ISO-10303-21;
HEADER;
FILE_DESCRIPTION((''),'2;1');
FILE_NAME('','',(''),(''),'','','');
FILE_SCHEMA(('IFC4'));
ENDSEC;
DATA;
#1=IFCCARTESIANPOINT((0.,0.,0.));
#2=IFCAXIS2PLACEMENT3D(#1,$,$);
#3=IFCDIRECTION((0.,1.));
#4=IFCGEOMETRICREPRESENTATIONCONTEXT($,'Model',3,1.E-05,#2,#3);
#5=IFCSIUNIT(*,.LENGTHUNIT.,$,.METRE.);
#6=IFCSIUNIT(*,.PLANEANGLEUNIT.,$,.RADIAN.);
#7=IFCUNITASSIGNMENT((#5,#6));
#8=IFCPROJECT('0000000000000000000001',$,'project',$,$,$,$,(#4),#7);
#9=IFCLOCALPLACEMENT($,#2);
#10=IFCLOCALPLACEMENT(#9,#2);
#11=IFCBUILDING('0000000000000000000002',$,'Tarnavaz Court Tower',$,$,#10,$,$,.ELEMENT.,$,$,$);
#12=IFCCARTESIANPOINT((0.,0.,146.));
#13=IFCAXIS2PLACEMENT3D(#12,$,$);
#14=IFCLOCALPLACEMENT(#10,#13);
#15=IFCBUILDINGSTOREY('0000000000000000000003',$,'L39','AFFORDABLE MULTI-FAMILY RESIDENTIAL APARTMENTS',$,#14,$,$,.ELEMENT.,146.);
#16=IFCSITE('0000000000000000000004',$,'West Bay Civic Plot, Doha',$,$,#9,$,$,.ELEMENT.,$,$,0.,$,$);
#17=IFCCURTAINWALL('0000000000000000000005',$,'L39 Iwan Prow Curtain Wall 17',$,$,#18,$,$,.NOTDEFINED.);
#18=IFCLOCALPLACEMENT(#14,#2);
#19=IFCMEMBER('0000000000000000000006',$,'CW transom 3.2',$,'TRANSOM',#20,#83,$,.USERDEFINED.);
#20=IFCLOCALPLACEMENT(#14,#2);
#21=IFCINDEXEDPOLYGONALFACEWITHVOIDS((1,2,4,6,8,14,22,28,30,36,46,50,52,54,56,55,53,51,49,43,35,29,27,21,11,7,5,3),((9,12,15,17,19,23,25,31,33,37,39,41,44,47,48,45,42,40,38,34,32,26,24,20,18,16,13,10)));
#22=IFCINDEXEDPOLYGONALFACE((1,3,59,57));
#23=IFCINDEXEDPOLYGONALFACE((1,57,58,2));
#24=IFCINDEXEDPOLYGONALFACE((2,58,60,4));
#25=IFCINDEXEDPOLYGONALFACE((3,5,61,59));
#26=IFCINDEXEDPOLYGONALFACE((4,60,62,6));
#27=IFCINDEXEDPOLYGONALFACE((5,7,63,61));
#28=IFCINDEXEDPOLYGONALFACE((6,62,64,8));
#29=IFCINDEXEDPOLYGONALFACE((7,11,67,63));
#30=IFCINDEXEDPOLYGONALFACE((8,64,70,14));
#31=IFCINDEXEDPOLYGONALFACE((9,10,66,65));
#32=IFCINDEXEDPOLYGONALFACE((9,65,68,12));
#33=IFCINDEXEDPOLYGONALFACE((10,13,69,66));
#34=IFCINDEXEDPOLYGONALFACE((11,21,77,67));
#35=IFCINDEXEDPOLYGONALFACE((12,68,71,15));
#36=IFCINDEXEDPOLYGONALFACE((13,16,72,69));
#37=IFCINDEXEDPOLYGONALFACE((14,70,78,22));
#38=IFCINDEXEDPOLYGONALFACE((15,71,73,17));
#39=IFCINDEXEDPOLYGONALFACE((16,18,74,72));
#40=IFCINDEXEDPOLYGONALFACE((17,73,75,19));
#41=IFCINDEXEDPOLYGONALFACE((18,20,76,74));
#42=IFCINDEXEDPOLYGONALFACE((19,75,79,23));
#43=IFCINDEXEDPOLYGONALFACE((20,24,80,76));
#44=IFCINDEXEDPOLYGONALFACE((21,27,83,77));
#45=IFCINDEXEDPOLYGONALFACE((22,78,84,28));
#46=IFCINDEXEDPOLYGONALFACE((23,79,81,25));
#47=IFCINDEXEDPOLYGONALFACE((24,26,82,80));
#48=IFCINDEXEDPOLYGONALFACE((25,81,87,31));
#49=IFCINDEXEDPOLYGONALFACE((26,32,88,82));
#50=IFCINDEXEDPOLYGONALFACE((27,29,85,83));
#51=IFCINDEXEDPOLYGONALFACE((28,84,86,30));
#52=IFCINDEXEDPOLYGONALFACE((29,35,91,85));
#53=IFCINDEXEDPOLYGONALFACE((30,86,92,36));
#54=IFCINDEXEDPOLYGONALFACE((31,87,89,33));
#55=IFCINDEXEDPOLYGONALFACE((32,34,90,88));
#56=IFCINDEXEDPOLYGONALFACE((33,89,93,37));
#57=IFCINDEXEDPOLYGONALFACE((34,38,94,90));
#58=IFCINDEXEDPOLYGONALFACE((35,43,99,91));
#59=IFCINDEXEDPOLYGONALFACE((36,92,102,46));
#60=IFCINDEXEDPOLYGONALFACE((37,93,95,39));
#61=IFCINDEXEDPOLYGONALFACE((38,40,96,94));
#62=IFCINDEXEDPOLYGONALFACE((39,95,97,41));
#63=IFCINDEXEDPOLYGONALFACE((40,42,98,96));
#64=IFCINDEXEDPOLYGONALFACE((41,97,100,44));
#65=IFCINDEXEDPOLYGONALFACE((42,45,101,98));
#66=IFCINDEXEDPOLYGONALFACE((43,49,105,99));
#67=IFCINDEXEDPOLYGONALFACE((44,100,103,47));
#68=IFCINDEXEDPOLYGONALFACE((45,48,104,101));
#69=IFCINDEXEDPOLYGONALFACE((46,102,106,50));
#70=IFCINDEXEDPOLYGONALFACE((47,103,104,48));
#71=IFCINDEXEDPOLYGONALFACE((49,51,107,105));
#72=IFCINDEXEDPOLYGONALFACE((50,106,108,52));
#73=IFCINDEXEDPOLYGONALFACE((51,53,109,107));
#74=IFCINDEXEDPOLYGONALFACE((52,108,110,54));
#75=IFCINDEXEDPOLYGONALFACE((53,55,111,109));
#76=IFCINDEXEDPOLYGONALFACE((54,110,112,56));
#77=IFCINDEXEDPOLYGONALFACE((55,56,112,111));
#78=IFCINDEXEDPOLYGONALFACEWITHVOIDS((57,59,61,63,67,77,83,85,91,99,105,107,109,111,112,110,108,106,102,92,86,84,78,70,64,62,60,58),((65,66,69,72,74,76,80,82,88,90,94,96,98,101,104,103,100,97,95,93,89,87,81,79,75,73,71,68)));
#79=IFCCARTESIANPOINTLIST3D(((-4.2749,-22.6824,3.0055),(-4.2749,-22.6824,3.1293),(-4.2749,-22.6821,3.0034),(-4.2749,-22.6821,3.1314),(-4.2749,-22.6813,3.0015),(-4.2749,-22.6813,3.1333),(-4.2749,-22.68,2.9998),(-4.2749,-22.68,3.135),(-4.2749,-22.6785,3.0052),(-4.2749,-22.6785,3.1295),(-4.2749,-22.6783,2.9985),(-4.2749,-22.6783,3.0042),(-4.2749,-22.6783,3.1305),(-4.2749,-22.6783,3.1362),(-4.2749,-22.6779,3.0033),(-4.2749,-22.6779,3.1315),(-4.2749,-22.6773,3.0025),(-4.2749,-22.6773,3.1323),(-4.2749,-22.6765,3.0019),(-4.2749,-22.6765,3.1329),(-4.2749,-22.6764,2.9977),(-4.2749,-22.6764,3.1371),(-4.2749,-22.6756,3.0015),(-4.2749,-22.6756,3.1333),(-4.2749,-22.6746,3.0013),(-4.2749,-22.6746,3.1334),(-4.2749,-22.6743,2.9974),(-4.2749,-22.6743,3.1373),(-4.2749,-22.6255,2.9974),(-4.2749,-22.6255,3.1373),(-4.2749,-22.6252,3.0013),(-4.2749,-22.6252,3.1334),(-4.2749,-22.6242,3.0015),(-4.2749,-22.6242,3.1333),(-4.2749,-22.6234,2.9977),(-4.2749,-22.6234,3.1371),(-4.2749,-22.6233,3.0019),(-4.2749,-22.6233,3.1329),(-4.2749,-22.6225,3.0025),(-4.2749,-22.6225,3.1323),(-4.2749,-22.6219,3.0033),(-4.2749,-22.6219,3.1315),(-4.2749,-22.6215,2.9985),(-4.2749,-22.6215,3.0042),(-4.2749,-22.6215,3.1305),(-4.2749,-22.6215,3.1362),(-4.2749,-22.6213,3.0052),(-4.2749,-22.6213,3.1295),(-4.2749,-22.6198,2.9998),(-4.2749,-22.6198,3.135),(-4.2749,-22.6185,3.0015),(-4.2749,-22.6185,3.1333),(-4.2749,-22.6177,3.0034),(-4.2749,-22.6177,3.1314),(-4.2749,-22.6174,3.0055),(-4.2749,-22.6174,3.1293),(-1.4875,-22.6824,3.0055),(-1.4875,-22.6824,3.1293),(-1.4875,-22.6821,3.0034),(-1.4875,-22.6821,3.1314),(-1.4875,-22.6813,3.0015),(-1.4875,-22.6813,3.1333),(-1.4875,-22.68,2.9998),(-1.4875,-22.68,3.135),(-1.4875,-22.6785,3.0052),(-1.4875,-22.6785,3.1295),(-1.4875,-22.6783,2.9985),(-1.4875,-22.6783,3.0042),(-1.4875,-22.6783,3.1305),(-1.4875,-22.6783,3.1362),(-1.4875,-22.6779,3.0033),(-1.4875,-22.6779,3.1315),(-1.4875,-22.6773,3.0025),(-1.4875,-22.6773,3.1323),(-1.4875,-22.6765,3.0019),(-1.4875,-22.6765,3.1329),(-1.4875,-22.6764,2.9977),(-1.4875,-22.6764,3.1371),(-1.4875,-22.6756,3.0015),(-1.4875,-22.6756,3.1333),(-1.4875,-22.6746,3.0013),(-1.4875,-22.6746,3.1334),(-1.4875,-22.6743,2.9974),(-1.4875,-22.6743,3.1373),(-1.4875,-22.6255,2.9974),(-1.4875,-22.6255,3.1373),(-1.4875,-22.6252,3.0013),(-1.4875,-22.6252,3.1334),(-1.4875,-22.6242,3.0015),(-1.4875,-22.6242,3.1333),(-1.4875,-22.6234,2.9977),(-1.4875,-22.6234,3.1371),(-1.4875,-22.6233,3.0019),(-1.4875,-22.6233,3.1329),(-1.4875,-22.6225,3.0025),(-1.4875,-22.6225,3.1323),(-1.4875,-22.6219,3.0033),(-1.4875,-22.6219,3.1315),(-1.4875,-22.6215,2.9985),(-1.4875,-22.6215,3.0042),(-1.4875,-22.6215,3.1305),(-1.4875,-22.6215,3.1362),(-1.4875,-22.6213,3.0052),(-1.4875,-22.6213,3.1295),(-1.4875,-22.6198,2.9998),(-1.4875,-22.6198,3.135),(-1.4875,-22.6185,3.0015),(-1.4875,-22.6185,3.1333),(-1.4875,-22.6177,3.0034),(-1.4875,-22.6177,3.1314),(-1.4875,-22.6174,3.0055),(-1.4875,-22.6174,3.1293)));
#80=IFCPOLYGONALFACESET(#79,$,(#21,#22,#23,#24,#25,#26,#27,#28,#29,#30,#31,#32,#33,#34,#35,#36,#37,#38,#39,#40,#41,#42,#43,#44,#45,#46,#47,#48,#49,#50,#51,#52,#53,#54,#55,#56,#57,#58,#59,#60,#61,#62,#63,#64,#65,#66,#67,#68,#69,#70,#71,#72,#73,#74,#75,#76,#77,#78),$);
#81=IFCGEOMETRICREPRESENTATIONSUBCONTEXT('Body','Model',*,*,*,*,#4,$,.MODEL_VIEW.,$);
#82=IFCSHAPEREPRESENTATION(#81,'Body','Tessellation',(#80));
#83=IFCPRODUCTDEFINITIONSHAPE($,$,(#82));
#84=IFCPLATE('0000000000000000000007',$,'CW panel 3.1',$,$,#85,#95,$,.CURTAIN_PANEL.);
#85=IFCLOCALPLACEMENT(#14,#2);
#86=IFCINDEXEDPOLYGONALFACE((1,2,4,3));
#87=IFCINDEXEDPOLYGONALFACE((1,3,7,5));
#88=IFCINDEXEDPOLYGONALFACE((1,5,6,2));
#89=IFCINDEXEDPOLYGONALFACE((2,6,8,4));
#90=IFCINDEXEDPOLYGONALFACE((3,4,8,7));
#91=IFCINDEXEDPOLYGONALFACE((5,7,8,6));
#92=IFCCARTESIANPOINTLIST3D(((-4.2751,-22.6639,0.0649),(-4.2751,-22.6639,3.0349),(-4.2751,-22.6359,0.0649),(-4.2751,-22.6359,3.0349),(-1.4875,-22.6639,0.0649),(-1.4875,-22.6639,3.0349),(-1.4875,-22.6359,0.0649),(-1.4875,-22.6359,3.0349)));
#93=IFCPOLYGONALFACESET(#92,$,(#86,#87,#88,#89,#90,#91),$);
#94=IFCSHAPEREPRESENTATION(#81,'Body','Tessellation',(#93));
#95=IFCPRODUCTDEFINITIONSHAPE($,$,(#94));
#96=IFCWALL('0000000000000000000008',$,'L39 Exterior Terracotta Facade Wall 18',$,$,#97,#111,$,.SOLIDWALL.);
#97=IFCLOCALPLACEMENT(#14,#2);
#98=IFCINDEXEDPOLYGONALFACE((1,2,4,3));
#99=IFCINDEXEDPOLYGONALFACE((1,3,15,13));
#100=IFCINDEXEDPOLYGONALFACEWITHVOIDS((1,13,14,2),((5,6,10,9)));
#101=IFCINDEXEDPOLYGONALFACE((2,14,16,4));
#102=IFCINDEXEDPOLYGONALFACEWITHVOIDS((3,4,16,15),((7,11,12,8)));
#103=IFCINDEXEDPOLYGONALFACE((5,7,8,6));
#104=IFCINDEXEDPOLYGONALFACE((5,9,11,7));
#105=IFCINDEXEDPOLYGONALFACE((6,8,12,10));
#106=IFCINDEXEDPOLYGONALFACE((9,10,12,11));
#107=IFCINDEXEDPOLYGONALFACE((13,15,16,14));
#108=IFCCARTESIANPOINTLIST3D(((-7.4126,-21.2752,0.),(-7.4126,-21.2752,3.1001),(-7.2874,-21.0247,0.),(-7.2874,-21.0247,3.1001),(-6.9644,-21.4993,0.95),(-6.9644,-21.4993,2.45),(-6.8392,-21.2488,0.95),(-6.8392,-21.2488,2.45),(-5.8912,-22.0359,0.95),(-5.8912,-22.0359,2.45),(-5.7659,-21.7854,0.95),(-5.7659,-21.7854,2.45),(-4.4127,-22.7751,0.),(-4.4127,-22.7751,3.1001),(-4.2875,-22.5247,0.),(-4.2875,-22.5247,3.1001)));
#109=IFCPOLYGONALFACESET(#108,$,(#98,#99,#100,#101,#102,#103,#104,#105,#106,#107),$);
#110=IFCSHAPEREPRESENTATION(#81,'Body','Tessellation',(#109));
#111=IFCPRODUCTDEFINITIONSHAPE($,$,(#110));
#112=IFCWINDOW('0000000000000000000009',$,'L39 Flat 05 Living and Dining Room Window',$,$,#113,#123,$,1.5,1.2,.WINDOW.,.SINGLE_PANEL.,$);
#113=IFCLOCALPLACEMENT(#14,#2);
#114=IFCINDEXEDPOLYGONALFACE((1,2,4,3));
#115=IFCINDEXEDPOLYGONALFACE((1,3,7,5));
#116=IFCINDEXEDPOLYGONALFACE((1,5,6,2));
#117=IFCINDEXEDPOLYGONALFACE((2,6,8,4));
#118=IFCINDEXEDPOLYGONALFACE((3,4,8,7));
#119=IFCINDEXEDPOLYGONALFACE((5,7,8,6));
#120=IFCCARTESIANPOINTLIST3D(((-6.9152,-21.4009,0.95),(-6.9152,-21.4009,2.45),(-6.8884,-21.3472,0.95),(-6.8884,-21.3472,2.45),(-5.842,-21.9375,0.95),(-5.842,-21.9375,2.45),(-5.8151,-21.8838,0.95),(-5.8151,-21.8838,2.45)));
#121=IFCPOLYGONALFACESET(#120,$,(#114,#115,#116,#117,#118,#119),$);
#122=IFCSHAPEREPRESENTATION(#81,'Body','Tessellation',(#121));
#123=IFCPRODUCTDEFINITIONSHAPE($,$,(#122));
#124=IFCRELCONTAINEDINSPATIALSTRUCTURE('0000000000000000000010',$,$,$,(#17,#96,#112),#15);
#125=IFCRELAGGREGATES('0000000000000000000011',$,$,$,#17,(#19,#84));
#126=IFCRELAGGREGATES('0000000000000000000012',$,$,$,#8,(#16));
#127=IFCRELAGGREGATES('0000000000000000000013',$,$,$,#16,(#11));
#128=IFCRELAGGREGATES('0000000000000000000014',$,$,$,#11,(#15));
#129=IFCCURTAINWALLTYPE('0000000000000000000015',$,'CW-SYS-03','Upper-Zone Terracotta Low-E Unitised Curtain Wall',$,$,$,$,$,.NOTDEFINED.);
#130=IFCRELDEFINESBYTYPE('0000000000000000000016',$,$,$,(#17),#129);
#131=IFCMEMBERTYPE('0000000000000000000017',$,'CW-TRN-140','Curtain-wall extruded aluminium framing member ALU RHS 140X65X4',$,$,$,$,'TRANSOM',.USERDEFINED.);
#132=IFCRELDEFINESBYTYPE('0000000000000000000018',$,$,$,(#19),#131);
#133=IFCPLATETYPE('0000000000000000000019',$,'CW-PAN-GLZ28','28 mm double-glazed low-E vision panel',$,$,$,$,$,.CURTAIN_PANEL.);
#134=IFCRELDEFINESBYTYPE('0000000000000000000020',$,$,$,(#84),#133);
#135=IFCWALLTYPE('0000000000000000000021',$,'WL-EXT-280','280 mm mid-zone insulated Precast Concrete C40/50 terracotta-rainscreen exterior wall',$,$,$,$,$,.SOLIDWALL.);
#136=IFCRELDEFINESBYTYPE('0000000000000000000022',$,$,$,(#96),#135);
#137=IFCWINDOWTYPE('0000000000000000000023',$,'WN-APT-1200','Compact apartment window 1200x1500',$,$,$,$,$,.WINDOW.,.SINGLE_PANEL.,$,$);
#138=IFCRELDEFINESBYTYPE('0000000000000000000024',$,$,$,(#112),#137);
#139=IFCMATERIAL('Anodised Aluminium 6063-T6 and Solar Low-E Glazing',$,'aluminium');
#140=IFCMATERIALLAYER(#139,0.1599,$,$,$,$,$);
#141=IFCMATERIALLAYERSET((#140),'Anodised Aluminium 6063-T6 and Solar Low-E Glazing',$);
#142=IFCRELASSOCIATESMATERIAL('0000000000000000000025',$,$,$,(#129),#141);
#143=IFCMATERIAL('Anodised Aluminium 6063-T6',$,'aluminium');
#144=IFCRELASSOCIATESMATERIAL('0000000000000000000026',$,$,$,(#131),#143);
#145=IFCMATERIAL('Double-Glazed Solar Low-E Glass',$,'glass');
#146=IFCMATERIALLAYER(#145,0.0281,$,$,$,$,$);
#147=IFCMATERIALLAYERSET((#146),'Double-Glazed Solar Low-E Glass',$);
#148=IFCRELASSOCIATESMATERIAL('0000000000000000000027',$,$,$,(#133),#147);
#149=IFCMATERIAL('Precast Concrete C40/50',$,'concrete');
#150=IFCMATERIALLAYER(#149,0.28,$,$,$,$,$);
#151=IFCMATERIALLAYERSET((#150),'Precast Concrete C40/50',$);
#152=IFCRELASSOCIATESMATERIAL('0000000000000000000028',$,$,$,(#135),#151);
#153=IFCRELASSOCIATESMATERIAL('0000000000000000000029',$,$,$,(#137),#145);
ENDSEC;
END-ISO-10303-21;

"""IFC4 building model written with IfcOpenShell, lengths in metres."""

from ifc_helpers import new_model, si_unit, direction, frame, frame_2d, origin, origin_2d, place, context, subcontext, project, spatial, rectangle, hollow_rectangle, extrude, material, layer, layer_set, material_profile, profile_set, type_object, element, fill, aggregate, save


model = new_model("IFC4")

# Units and contexts
model_context = context("Model", 3, precision=1e-05, world=origin(), true_north=direction((0.0, 1.0)))
body_context = subcontext(model_context, "Body", "Model", "MODEL_VIEW")
ifc_project = project(units=[si_unit("LENGTHUNIT", "METRE"), si_unit("PLANEANGLEUNIT", "RADIAN")], contexts=[model_context])

# Site, building, storey
site_placement = place(None, origin())
site = spatial("IfcSite", under=ifc_project, at=site_placement, Name="West Bay Civic Plot, Doha", CompositionType="ELEMENT", RefElevation=0.0)
building_placement = place(site_placement, origin())
building = spatial("IfcBuilding", under=site, at=building_placement, Name="Tarnavaz Court Tower", CompositionType="ELEMENT")
storey_placement = place(building_placement, frame((0.0, 0.0, 146.0)))
storey = spatial("IfcBuildingStorey", under=building, at=storey_placement, Name="L39", Description="AFFORDABLE MULTI-FAMILY RESIDENTIAL APARTMENTS", CompositionType="ELEMENT", Elevation=146.0)

# Curtain wall, member, plate
ifc_material_1 = material(Name="Anodised Aluminium 6063-T6 and Solar Low-E Glazing", Category="aluminium")
ifc_layer_1 = layer(ifc_material_1, 0.1599)
ifc_layer_set_1 = layer_set([ifc_layer_1], Name="Anodised Aluminium 6063-T6 and Solar Low-E Glazing")
curtain_wall_type = type_object("IfcCurtainWallType", Name="CW-SYS-03", Description="Upper-Zone Terracotta Low-E Unitised Curtain Wall", PredefinedType="NOTDEFINED", material=ifc_layer_set_1)
curtain_wall_placement = place(storey_placement, origin())
curtain_wall = element("IfcCurtainWall", 1, at=curtain_wall_placement, inside=storey, type_object=curtain_wall_type, Name="L39 Iwan Prow Curtain Wall 17", PredefinedType="NOTDEFINED")
ifc_material_2 = material(Name="Anodised Aluminium 6063-T6", Category="aluminium")
ifc_material_profile_1 = material_profile(ifc_material_2, hollow_rectangle(XDim=0.0649, YDim=0.1399, WallThickness=0.0039, InnerFilletRadius=0.0039, OuterFilletRadius=0.0081, at=origin_2d()), Name="ALU RHS 140X65X4")
ifc_profile_set_1 = profile_set([ifc_material_profile_1], Name="Anodised Aluminium 6063-T6")
member_type_1 = type_object("IfcMemberType", Name="CW-TRN-140", Description="Curtain-wall extruded aluminium framing member ALU RHS 140X65X4", ElementType="TRANSOM", PredefinedType="USERDEFINED", material=ifc_profile_set_1)
member_1_placement = place(storey_placement, frame((-1.4875, -22.6499, 3.0674), z_axis=(-1.0, 0.0, 0.0), x_axis=(0.0, -1.0, 0.0)))
member_1 = element("IfcMember", 2, at=member_1_placement, type_object=member_type_1, Name="CW transom 3.2", ObjectType="TRANSOM", PredefinedType="USERDEFINED", context=body_context, shape_type="SweptSolid", body=[
    extrude(hollow_rectangle(XDim=0.0649, YDim=0.1399, WallThickness=0.0039, InnerFilletRadius=0.0039, OuterFilletRadius=0.0081, at=origin_2d()), origin(), (0.0, 0.0, 1.0), 2.7874),
])
ifc_material_3 = material(Name="Double-Glazed Solar Low-E Glass", Category="glass")
ifc_layer_2 = layer(ifc_material_3, 0.0281)
ifc_layer_set_2 = layer_set([ifc_layer_2], Name="Double-Glazed Solar Low-E Glass")
plate_type = type_object("IfcPlateType", Name="CW-PAN-GLZ28", Description="28 mm double-glazed low-E vision panel", PredefinedType="CURTAIN_PANEL", material=ifc_layer_set_2)
plate_placement = place(storey_placement, frame((-2.8813, -22.6499, 0.0649), z_axis=(0.0, 0.0, 1.0), x_axis=(-1.0, 0.0, 0.0)))
plate = element("IfcPlate", 3, at=plate_placement, type_object=plate_type, Name="CW panel 3.1", PredefinedType="CURTAIN_PANEL", context=body_context, shape_type="SweptSolid", body=[
    extrude(rectangle(XDim=2.7876, YDim=0.0281, at=origin_2d()), origin(), (0.0, 0.0, 1.0), 2.97),
])
aggregate(curtain_wall, [member_1, plate])

# Wall, opening, window
ifc_material_4 = material(Name="Precast Concrete C40/50", Category="concrete")
ifc_layer_3 = layer(ifc_material_4, 0.28)
ifc_layer_set_3 = layer_set([ifc_layer_3], Name="Precast Concrete C40/50")
wall_type_1 = type_object("IfcWallType", Name="WL-EXT-280", Description="280 mm mid-zone insulated Precast Concrete C40/50 terracotta-rainscreen exterior wall", PredefinedType="SOLIDWALL", material=ifc_layer_set_3)
wall_1_placement = place(storey_placement, frame((-4.3501, -22.6499, 0.0), z_axis=(0.0, 0.0, 1.0), x_axis=(-0.894427, 0.447214, 0.0)))
wall_1 = element("IfcWall", 4, at=wall_1_placement, inside=storey, type_object=wall_type_1, Name="L39 Exterior Terracotta Facade Wall 18", PredefinedType="SOLIDWALL", context=body_context, shape_type="SweptSolid", body=[
    extrude(rectangle(XDim=3.354, YDim=0.28, at=frame_2d((1.677, 0.0))), origin(), (0.0, 0.0, 1.0), 3.1001),
])
opening_1_placement = place(wall_1_placement, frame((1.6528, 0.0, 0.95)))
opening_1 = element("IfcOpeningElement", 5, at=opening_1_placement, cuts=wall_1, PredefinedType="OPENING", context=body_context, shape_type="SweptSolid", body=[
    extrude(rectangle(XDim=1.2, YDim=1.5, at=frame_2d((0.6001, 0.75))), frame((0.0, 0.1499, 0.0), z_axis=(0.0, -1.0, 0.0), x_axis=(1.0, 0.0, 0.0)), (0.0, 0.0, 1.0), 0.3),
])
window_type_1 = type_object("IfcWindowType", Name="WN-APT-1200", Description="Compact apartment window 1200x1500", PartitioningType="SINGLE_PANEL", PredefinedType="WINDOW", material=ifc_material_3)
window_1_placement = place(opening_1_placement, origin())
window_1 = element("IfcWindow", 6, at=window_1_placement, inside=storey, type_object=window_type_1, Name="L39 Flat 05 Living and Dining Room Window", OverallHeight=1.5, OverallWidth=1.2, PartitioningType="SINGLE_PANEL", PredefinedType="WINDOW", context=body_context, shape_type="SweptSolid", body=[
    extrude(rectangle(XDim=1.2, YDim=1.5, at=frame_2d((0.6001, 0.75))), frame((0.0, 0.03, 0.0), z_axis=(0.0, -1.0, 0.0), x_axis=(1.0, 0.0, 0.0)), (0.0, 0.0, 1.0), 0.0601),
])
fill(opening_1, window_1)

save(model, "model.ifc")
